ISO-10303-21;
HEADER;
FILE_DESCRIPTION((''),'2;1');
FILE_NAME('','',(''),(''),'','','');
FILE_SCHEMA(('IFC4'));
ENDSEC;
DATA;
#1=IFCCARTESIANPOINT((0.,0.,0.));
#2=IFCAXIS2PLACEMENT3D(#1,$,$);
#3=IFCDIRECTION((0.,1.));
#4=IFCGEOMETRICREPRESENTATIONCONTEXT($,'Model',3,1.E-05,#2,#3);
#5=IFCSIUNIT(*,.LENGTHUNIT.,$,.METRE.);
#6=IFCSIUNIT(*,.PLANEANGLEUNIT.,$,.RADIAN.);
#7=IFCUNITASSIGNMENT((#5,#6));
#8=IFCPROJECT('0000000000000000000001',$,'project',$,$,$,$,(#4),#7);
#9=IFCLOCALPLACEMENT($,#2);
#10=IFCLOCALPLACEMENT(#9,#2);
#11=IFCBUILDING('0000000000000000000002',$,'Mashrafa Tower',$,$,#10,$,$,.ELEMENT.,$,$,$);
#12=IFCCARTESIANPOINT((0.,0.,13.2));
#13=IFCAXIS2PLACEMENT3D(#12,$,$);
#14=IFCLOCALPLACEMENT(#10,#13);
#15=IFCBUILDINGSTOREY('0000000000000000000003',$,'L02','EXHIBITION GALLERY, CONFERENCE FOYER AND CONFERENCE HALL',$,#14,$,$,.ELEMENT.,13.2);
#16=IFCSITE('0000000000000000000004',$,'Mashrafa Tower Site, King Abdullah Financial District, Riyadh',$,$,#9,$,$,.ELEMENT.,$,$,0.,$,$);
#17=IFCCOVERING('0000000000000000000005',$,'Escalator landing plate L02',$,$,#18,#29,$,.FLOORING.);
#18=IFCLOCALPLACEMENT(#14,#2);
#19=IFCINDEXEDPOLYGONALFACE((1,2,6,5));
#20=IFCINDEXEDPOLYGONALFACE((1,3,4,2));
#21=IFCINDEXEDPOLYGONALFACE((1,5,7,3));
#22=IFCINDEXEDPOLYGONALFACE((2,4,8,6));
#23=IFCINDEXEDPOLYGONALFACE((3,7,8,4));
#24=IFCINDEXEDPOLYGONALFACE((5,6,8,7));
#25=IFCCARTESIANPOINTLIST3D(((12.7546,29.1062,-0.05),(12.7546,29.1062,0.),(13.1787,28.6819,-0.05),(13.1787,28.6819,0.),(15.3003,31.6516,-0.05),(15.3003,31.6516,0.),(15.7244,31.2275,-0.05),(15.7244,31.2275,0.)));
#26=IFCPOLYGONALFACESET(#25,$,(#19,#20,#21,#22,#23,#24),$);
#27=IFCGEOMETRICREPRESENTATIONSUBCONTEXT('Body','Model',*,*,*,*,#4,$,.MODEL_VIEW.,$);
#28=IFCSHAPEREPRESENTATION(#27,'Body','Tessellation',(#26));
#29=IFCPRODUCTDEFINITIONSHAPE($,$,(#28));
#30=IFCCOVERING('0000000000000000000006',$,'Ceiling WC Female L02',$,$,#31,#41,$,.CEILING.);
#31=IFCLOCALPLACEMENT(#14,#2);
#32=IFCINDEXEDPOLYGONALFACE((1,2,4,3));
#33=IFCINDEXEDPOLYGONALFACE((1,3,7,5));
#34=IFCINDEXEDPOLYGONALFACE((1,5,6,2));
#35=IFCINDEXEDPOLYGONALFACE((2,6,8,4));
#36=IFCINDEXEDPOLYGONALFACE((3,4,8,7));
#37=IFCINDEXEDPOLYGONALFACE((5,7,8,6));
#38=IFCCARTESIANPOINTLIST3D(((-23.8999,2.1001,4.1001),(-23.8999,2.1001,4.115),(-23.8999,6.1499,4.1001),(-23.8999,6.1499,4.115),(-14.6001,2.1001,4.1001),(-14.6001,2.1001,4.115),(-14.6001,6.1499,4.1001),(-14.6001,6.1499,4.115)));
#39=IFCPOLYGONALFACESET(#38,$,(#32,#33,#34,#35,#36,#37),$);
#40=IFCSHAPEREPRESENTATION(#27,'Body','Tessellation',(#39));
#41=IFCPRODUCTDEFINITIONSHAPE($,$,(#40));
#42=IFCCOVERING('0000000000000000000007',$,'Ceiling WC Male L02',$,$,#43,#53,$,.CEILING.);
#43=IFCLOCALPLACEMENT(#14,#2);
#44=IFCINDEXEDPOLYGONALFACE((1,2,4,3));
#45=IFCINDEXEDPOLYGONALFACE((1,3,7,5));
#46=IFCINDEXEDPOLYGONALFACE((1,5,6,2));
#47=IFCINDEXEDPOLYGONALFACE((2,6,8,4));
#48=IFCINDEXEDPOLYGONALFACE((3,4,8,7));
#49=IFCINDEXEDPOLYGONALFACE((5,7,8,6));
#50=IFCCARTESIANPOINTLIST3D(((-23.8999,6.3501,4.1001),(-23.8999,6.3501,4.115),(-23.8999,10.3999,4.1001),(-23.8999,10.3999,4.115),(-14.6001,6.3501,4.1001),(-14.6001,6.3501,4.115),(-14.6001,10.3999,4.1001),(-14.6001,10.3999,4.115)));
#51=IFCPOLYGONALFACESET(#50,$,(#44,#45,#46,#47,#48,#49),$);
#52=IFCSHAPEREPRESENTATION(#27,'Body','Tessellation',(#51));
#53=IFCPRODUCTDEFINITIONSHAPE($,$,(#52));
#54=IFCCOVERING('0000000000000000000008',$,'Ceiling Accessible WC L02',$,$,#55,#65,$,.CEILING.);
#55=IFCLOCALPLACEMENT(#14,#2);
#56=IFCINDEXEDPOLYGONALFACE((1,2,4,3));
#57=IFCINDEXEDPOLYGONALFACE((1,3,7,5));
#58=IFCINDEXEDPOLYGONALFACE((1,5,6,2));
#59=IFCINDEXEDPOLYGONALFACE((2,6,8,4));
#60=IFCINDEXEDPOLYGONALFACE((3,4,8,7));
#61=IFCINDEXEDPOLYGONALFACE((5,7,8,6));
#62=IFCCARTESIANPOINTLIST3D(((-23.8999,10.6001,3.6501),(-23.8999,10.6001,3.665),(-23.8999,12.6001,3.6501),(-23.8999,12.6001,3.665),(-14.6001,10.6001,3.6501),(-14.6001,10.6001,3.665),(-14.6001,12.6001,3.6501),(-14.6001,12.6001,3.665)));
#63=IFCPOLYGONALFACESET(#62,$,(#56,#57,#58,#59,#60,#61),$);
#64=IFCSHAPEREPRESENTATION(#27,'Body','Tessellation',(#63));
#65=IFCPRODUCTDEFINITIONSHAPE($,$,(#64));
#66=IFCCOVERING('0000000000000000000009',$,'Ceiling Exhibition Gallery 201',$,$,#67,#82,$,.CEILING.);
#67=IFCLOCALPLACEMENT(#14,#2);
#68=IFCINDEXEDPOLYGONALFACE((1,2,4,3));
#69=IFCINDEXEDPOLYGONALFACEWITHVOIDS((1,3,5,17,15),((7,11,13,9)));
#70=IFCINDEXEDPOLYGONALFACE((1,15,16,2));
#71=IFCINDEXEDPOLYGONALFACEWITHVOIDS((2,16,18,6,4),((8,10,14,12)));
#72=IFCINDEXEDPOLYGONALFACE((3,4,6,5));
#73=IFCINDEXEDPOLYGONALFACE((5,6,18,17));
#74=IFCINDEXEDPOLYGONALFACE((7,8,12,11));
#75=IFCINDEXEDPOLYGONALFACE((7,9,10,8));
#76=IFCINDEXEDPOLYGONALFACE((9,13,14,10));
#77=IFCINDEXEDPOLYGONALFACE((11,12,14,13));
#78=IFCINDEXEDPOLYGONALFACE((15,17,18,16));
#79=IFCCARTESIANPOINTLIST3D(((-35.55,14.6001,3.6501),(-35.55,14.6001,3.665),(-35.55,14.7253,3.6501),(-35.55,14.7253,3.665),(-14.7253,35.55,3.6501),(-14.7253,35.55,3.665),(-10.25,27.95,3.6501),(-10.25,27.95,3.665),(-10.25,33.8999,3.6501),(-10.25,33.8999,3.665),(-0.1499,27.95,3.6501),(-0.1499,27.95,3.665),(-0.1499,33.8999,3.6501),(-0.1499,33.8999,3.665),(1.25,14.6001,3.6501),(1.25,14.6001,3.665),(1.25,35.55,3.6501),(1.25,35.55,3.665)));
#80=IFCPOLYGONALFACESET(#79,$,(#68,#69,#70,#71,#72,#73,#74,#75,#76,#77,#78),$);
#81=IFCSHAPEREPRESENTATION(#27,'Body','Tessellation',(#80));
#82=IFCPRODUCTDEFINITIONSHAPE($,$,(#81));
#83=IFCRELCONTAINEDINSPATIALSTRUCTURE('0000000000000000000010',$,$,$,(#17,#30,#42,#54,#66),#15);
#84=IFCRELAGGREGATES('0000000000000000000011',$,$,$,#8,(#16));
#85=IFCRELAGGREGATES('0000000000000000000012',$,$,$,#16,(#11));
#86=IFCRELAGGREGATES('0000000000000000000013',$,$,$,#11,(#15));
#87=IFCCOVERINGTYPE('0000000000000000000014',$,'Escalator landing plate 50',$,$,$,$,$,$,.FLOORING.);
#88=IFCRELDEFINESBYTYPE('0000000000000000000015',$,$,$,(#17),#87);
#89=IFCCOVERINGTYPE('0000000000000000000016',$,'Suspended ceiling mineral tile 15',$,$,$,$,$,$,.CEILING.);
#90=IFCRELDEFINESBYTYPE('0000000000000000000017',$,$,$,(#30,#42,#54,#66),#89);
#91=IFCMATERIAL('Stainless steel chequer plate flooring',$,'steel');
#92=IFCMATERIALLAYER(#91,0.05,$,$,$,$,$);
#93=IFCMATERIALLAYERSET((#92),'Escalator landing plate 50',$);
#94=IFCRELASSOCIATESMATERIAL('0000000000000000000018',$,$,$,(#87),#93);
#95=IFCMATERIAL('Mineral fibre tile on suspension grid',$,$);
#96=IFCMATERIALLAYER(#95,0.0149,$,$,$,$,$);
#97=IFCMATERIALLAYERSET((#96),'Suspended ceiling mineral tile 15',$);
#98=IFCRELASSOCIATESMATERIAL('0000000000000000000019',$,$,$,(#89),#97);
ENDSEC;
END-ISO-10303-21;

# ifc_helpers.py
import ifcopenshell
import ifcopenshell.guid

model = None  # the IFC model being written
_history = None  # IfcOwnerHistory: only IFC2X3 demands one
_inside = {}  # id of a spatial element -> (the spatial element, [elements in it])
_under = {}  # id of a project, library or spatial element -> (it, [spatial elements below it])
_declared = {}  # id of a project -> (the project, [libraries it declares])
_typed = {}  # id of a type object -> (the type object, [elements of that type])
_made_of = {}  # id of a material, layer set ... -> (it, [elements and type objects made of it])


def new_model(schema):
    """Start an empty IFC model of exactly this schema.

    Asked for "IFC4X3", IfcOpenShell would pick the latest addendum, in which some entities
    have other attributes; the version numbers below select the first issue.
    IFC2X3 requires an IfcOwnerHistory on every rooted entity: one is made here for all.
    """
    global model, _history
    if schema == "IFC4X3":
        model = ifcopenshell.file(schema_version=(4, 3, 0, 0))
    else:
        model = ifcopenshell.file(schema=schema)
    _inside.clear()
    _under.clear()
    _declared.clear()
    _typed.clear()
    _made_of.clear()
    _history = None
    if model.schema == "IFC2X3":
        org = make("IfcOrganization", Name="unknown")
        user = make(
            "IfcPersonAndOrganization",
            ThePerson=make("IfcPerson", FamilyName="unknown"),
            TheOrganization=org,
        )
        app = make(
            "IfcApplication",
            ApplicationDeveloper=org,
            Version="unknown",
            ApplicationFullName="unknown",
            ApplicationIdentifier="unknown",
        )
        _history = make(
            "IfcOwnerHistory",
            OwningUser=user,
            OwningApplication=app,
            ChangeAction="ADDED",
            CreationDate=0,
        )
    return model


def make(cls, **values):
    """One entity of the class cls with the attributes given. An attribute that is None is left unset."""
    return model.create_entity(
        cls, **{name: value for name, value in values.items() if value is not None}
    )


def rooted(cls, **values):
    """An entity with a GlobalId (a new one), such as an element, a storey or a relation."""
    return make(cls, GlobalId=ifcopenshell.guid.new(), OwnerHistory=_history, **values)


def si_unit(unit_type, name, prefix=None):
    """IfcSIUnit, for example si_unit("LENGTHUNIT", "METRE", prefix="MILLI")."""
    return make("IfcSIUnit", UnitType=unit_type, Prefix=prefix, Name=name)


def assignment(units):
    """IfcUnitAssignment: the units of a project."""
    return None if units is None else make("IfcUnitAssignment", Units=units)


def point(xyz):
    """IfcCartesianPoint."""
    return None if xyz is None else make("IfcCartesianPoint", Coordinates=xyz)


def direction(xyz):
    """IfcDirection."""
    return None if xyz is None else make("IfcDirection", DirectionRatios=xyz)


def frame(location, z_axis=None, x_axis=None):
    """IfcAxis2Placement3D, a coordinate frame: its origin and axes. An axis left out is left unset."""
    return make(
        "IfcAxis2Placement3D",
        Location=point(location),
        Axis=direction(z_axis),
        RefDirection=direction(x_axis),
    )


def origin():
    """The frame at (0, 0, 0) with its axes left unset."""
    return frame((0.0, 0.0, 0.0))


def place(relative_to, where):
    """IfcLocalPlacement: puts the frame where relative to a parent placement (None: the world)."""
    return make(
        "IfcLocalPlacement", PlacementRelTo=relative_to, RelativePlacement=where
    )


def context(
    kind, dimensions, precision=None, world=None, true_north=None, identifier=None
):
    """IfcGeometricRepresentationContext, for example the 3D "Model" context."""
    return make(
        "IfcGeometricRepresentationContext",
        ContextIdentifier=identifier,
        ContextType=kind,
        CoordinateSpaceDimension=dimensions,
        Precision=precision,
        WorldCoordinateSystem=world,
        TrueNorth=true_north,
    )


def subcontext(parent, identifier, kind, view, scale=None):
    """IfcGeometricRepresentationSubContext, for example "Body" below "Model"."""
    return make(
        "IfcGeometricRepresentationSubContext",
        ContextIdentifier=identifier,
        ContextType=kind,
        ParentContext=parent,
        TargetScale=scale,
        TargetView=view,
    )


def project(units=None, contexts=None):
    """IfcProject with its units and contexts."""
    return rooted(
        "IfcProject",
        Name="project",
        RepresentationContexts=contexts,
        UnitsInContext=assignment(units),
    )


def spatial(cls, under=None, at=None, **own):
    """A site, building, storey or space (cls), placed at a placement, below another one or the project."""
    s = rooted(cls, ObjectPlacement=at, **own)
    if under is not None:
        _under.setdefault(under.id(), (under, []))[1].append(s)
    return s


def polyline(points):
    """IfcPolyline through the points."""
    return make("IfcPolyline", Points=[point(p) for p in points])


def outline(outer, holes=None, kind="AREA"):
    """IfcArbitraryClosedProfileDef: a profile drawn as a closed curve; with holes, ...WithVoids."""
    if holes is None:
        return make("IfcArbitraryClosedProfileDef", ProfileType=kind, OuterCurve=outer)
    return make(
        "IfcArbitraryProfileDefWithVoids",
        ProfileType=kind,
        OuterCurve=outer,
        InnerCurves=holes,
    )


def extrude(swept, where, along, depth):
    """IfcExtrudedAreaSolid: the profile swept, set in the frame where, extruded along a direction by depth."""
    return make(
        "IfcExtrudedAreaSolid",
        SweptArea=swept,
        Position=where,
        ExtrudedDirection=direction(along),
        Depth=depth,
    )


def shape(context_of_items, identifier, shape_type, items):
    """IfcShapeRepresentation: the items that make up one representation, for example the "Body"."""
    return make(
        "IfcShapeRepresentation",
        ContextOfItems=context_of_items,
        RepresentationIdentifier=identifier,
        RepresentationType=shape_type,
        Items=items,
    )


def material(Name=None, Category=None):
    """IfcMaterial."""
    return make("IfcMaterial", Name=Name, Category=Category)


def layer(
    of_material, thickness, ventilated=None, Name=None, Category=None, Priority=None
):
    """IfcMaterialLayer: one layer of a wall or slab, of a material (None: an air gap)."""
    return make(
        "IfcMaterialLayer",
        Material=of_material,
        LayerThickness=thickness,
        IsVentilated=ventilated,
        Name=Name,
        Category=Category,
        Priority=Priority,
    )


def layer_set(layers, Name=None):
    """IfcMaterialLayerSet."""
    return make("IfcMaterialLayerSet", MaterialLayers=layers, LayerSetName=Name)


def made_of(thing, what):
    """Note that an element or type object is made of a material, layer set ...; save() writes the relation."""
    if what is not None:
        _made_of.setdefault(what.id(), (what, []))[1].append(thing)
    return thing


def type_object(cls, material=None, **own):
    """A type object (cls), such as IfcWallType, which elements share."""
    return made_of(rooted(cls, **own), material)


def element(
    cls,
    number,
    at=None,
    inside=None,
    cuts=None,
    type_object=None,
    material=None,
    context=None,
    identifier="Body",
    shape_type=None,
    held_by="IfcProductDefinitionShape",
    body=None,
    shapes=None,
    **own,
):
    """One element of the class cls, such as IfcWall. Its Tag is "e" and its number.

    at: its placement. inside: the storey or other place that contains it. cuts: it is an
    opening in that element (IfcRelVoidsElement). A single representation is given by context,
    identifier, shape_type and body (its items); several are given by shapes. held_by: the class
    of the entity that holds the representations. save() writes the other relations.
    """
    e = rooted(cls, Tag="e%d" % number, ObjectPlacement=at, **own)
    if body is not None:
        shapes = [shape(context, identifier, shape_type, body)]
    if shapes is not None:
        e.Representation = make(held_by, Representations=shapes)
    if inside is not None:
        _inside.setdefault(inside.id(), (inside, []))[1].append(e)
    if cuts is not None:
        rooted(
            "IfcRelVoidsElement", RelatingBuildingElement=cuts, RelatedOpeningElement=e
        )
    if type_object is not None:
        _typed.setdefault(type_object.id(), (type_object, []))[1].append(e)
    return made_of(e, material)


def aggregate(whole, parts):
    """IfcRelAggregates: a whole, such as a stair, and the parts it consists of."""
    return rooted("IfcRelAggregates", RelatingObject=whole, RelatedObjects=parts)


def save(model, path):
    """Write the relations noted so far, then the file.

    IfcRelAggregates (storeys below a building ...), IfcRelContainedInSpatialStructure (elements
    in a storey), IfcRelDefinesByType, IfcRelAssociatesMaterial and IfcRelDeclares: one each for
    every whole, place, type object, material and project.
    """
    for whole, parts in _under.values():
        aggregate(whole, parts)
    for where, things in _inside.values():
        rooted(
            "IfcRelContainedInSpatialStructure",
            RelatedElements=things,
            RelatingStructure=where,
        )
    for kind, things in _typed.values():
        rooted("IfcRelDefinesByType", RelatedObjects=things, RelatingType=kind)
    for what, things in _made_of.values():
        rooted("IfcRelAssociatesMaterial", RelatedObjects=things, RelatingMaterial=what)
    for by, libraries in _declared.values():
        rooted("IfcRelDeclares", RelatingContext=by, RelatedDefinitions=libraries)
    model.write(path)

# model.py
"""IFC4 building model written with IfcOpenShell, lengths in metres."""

from ifc_helpers import new_model, si_unit, direction, frame, origin, place, context, subcontext, project, spatial, polyline, outline, extrude, material, layer, layer_set, type_object, element, save


model = new_model("IFC4")

# Units and contexts
model_context = context("Model", 3, precision=1e-05, world=origin(), true_north=direction((0.0, 1.0)))
body_context = subcontext(model_context, "Body", "Model", "MODEL_VIEW")
ifc_project = project(units=[si_unit("LENGTHUNIT", "METRE"), si_unit("PLANEANGLEUNIT", "RADIAN")], contexts=[model_context])

# Site, building, storey
site_placement = place(None, origin())
site = spatial("IfcSite", under=ifc_project, at=site_placement, Name="Mashrafa Tower Site, King Abdullah Financial District, Riyadh", CompositionType="ELEMENT", RefElevation=0.0)
building_placement = place(site_placement, origin())
building = spatial("IfcBuilding", under=site, at=building_placement, Name="Mashrafa Tower", CompositionType="ELEMENT")
storey_placement = place(building_placement, frame((0.0, 0.0, 13.2)))
storey = spatial("IfcBuildingStorey", under=building, at=storey_placement, Name="L02", Description="EXHIBITION GALLERY, CONFERENCE FOYER AND CONFERENCE HALL", CompositionType="ELEMENT", Elevation=13.2)

# Coverings
ifc_material_1 = material(Name="Stainless steel chequer plate flooring", Category="steel")
ifc_layer_1 = layer(ifc_material_1, 0.05)
ifc_layer_set_1 = layer_set([ifc_layer_1], Name="Escalator landing plate 50")
covering_type_1 = type_object("IfcCoveringType", Name="Escalator landing plate 50", PredefinedType="FLOORING", material=ifc_layer_set_1)
covering_1_placement = place(storey_placement, frame((0.0, 0.0, -0.05)))
element("IfcCovering", 1, at=covering_1_placement, inside=storey, type_object=covering_type_1, Name="Escalator landing plate L02", PredefinedType="FLOORING", context=body_context, shape_type="SweptSolid", body=[
    extrude(outline(polyline([(13.1787, 28.6819), (15.7244, 31.2275), (15.3003, 31.6516), (12.7546, 29.1062), (13.1787, 28.6819)])), origin(), (0.0, 0.0, 1.0), 0.05),
])
ifc_material_2 = material(Name="Mineral fibre tile on suspension grid")
ifc_layer_2 = layer(ifc_material_2, 0.0149)
ifc_layer_set_2 = layer_set([ifc_layer_2], Name="Suspended ceiling mineral tile 15")
covering_type_2 = type_object("IfcCoveringType", Name="Suspended ceiling mineral tile 15", PredefinedType="CEILING", material=ifc_layer_set_2)
covering_2_placement = place(storey_placement, frame((0.0, 0.0, 4.1001)))
element("IfcCovering", 2, at=covering_2_placement, inside=storey, type_object=covering_type_2, Name="Ceiling WC Female L02", PredefinedType="CEILING", context=body_context, shape_type="SweptSolid", body=[
    extrude(outline(polyline([(-23.8999, 6.1499), (-14.6001, 6.1499), (-14.6001, 2.1001), (-23.8999, 2.1001), (-23.8999, 6.1499)])), origin(), (0.0, 0.0, 1.0), 0.0149),
])
covering_3_placement = place(storey_placement, frame((0.0, 0.0, 4.1001)))
element("IfcCovering", 3, at=covering_3_placement, inside=storey, type_object=covering_type_2, Name="Ceiling WC Male L02", PredefinedType="CEILING", context=body_context, shape_type="SweptSolid", body=[
    extrude(outline(polyline([(-23.8999, 10.3999), (-14.6001, 10.3999), (-14.6001, 6.3501), (-23.8999, 6.3501), (-23.8999, 10.3999)])), origin(), (0.0, 0.0, 1.0), 0.0149),
])
covering_4_placement = place(storey_placement, frame((0.0, 0.0, 3.6501)))
element("IfcCovering", 4, at=covering_4_placement, inside=storey, type_object=covering_type_2, Name="Ceiling Accessible WC L02", PredefinedType="CEILING", context=body_context, shape_type="SweptSolid", body=[
    extrude(outline(polyline([(-23.8999, 12.6001), (-14.6001, 12.6001), (-14.6001, 10.6001), (-23.8999, 10.6001), (-23.8999, 12.6001)])), origin(), (0.0, 0.0, 1.0), 0.0149),
])
covering_5_placement = place(storey_placement, frame((0.0, 0.0, 3.6501)))
element("IfcCovering", 5, at=covering_5_placement, inside=storey, type_object=covering_type_2, Name="Ceiling Exhibition Gallery 201", PredefinedType="CEILING", context=body_context, shape_type="SweptSolid", body=[
    extrude(outline(polyline([(1.25, 14.6001), (-35.55, 14.6001), (-35.55, 14.7253), (-14.7253, 35.55), (1.25, 35.55), (1.25, 14.6001)]), holes=[polyline([(-10.25, 27.95), (-0.1499, 27.95), (-0.1499, 33.8999), (-10.25, 33.8999), (-10.25, 27.95)])]), origin(), (0.0, 0.0, 1.0), 0.0149),
])

save(model, "model.ifc")
